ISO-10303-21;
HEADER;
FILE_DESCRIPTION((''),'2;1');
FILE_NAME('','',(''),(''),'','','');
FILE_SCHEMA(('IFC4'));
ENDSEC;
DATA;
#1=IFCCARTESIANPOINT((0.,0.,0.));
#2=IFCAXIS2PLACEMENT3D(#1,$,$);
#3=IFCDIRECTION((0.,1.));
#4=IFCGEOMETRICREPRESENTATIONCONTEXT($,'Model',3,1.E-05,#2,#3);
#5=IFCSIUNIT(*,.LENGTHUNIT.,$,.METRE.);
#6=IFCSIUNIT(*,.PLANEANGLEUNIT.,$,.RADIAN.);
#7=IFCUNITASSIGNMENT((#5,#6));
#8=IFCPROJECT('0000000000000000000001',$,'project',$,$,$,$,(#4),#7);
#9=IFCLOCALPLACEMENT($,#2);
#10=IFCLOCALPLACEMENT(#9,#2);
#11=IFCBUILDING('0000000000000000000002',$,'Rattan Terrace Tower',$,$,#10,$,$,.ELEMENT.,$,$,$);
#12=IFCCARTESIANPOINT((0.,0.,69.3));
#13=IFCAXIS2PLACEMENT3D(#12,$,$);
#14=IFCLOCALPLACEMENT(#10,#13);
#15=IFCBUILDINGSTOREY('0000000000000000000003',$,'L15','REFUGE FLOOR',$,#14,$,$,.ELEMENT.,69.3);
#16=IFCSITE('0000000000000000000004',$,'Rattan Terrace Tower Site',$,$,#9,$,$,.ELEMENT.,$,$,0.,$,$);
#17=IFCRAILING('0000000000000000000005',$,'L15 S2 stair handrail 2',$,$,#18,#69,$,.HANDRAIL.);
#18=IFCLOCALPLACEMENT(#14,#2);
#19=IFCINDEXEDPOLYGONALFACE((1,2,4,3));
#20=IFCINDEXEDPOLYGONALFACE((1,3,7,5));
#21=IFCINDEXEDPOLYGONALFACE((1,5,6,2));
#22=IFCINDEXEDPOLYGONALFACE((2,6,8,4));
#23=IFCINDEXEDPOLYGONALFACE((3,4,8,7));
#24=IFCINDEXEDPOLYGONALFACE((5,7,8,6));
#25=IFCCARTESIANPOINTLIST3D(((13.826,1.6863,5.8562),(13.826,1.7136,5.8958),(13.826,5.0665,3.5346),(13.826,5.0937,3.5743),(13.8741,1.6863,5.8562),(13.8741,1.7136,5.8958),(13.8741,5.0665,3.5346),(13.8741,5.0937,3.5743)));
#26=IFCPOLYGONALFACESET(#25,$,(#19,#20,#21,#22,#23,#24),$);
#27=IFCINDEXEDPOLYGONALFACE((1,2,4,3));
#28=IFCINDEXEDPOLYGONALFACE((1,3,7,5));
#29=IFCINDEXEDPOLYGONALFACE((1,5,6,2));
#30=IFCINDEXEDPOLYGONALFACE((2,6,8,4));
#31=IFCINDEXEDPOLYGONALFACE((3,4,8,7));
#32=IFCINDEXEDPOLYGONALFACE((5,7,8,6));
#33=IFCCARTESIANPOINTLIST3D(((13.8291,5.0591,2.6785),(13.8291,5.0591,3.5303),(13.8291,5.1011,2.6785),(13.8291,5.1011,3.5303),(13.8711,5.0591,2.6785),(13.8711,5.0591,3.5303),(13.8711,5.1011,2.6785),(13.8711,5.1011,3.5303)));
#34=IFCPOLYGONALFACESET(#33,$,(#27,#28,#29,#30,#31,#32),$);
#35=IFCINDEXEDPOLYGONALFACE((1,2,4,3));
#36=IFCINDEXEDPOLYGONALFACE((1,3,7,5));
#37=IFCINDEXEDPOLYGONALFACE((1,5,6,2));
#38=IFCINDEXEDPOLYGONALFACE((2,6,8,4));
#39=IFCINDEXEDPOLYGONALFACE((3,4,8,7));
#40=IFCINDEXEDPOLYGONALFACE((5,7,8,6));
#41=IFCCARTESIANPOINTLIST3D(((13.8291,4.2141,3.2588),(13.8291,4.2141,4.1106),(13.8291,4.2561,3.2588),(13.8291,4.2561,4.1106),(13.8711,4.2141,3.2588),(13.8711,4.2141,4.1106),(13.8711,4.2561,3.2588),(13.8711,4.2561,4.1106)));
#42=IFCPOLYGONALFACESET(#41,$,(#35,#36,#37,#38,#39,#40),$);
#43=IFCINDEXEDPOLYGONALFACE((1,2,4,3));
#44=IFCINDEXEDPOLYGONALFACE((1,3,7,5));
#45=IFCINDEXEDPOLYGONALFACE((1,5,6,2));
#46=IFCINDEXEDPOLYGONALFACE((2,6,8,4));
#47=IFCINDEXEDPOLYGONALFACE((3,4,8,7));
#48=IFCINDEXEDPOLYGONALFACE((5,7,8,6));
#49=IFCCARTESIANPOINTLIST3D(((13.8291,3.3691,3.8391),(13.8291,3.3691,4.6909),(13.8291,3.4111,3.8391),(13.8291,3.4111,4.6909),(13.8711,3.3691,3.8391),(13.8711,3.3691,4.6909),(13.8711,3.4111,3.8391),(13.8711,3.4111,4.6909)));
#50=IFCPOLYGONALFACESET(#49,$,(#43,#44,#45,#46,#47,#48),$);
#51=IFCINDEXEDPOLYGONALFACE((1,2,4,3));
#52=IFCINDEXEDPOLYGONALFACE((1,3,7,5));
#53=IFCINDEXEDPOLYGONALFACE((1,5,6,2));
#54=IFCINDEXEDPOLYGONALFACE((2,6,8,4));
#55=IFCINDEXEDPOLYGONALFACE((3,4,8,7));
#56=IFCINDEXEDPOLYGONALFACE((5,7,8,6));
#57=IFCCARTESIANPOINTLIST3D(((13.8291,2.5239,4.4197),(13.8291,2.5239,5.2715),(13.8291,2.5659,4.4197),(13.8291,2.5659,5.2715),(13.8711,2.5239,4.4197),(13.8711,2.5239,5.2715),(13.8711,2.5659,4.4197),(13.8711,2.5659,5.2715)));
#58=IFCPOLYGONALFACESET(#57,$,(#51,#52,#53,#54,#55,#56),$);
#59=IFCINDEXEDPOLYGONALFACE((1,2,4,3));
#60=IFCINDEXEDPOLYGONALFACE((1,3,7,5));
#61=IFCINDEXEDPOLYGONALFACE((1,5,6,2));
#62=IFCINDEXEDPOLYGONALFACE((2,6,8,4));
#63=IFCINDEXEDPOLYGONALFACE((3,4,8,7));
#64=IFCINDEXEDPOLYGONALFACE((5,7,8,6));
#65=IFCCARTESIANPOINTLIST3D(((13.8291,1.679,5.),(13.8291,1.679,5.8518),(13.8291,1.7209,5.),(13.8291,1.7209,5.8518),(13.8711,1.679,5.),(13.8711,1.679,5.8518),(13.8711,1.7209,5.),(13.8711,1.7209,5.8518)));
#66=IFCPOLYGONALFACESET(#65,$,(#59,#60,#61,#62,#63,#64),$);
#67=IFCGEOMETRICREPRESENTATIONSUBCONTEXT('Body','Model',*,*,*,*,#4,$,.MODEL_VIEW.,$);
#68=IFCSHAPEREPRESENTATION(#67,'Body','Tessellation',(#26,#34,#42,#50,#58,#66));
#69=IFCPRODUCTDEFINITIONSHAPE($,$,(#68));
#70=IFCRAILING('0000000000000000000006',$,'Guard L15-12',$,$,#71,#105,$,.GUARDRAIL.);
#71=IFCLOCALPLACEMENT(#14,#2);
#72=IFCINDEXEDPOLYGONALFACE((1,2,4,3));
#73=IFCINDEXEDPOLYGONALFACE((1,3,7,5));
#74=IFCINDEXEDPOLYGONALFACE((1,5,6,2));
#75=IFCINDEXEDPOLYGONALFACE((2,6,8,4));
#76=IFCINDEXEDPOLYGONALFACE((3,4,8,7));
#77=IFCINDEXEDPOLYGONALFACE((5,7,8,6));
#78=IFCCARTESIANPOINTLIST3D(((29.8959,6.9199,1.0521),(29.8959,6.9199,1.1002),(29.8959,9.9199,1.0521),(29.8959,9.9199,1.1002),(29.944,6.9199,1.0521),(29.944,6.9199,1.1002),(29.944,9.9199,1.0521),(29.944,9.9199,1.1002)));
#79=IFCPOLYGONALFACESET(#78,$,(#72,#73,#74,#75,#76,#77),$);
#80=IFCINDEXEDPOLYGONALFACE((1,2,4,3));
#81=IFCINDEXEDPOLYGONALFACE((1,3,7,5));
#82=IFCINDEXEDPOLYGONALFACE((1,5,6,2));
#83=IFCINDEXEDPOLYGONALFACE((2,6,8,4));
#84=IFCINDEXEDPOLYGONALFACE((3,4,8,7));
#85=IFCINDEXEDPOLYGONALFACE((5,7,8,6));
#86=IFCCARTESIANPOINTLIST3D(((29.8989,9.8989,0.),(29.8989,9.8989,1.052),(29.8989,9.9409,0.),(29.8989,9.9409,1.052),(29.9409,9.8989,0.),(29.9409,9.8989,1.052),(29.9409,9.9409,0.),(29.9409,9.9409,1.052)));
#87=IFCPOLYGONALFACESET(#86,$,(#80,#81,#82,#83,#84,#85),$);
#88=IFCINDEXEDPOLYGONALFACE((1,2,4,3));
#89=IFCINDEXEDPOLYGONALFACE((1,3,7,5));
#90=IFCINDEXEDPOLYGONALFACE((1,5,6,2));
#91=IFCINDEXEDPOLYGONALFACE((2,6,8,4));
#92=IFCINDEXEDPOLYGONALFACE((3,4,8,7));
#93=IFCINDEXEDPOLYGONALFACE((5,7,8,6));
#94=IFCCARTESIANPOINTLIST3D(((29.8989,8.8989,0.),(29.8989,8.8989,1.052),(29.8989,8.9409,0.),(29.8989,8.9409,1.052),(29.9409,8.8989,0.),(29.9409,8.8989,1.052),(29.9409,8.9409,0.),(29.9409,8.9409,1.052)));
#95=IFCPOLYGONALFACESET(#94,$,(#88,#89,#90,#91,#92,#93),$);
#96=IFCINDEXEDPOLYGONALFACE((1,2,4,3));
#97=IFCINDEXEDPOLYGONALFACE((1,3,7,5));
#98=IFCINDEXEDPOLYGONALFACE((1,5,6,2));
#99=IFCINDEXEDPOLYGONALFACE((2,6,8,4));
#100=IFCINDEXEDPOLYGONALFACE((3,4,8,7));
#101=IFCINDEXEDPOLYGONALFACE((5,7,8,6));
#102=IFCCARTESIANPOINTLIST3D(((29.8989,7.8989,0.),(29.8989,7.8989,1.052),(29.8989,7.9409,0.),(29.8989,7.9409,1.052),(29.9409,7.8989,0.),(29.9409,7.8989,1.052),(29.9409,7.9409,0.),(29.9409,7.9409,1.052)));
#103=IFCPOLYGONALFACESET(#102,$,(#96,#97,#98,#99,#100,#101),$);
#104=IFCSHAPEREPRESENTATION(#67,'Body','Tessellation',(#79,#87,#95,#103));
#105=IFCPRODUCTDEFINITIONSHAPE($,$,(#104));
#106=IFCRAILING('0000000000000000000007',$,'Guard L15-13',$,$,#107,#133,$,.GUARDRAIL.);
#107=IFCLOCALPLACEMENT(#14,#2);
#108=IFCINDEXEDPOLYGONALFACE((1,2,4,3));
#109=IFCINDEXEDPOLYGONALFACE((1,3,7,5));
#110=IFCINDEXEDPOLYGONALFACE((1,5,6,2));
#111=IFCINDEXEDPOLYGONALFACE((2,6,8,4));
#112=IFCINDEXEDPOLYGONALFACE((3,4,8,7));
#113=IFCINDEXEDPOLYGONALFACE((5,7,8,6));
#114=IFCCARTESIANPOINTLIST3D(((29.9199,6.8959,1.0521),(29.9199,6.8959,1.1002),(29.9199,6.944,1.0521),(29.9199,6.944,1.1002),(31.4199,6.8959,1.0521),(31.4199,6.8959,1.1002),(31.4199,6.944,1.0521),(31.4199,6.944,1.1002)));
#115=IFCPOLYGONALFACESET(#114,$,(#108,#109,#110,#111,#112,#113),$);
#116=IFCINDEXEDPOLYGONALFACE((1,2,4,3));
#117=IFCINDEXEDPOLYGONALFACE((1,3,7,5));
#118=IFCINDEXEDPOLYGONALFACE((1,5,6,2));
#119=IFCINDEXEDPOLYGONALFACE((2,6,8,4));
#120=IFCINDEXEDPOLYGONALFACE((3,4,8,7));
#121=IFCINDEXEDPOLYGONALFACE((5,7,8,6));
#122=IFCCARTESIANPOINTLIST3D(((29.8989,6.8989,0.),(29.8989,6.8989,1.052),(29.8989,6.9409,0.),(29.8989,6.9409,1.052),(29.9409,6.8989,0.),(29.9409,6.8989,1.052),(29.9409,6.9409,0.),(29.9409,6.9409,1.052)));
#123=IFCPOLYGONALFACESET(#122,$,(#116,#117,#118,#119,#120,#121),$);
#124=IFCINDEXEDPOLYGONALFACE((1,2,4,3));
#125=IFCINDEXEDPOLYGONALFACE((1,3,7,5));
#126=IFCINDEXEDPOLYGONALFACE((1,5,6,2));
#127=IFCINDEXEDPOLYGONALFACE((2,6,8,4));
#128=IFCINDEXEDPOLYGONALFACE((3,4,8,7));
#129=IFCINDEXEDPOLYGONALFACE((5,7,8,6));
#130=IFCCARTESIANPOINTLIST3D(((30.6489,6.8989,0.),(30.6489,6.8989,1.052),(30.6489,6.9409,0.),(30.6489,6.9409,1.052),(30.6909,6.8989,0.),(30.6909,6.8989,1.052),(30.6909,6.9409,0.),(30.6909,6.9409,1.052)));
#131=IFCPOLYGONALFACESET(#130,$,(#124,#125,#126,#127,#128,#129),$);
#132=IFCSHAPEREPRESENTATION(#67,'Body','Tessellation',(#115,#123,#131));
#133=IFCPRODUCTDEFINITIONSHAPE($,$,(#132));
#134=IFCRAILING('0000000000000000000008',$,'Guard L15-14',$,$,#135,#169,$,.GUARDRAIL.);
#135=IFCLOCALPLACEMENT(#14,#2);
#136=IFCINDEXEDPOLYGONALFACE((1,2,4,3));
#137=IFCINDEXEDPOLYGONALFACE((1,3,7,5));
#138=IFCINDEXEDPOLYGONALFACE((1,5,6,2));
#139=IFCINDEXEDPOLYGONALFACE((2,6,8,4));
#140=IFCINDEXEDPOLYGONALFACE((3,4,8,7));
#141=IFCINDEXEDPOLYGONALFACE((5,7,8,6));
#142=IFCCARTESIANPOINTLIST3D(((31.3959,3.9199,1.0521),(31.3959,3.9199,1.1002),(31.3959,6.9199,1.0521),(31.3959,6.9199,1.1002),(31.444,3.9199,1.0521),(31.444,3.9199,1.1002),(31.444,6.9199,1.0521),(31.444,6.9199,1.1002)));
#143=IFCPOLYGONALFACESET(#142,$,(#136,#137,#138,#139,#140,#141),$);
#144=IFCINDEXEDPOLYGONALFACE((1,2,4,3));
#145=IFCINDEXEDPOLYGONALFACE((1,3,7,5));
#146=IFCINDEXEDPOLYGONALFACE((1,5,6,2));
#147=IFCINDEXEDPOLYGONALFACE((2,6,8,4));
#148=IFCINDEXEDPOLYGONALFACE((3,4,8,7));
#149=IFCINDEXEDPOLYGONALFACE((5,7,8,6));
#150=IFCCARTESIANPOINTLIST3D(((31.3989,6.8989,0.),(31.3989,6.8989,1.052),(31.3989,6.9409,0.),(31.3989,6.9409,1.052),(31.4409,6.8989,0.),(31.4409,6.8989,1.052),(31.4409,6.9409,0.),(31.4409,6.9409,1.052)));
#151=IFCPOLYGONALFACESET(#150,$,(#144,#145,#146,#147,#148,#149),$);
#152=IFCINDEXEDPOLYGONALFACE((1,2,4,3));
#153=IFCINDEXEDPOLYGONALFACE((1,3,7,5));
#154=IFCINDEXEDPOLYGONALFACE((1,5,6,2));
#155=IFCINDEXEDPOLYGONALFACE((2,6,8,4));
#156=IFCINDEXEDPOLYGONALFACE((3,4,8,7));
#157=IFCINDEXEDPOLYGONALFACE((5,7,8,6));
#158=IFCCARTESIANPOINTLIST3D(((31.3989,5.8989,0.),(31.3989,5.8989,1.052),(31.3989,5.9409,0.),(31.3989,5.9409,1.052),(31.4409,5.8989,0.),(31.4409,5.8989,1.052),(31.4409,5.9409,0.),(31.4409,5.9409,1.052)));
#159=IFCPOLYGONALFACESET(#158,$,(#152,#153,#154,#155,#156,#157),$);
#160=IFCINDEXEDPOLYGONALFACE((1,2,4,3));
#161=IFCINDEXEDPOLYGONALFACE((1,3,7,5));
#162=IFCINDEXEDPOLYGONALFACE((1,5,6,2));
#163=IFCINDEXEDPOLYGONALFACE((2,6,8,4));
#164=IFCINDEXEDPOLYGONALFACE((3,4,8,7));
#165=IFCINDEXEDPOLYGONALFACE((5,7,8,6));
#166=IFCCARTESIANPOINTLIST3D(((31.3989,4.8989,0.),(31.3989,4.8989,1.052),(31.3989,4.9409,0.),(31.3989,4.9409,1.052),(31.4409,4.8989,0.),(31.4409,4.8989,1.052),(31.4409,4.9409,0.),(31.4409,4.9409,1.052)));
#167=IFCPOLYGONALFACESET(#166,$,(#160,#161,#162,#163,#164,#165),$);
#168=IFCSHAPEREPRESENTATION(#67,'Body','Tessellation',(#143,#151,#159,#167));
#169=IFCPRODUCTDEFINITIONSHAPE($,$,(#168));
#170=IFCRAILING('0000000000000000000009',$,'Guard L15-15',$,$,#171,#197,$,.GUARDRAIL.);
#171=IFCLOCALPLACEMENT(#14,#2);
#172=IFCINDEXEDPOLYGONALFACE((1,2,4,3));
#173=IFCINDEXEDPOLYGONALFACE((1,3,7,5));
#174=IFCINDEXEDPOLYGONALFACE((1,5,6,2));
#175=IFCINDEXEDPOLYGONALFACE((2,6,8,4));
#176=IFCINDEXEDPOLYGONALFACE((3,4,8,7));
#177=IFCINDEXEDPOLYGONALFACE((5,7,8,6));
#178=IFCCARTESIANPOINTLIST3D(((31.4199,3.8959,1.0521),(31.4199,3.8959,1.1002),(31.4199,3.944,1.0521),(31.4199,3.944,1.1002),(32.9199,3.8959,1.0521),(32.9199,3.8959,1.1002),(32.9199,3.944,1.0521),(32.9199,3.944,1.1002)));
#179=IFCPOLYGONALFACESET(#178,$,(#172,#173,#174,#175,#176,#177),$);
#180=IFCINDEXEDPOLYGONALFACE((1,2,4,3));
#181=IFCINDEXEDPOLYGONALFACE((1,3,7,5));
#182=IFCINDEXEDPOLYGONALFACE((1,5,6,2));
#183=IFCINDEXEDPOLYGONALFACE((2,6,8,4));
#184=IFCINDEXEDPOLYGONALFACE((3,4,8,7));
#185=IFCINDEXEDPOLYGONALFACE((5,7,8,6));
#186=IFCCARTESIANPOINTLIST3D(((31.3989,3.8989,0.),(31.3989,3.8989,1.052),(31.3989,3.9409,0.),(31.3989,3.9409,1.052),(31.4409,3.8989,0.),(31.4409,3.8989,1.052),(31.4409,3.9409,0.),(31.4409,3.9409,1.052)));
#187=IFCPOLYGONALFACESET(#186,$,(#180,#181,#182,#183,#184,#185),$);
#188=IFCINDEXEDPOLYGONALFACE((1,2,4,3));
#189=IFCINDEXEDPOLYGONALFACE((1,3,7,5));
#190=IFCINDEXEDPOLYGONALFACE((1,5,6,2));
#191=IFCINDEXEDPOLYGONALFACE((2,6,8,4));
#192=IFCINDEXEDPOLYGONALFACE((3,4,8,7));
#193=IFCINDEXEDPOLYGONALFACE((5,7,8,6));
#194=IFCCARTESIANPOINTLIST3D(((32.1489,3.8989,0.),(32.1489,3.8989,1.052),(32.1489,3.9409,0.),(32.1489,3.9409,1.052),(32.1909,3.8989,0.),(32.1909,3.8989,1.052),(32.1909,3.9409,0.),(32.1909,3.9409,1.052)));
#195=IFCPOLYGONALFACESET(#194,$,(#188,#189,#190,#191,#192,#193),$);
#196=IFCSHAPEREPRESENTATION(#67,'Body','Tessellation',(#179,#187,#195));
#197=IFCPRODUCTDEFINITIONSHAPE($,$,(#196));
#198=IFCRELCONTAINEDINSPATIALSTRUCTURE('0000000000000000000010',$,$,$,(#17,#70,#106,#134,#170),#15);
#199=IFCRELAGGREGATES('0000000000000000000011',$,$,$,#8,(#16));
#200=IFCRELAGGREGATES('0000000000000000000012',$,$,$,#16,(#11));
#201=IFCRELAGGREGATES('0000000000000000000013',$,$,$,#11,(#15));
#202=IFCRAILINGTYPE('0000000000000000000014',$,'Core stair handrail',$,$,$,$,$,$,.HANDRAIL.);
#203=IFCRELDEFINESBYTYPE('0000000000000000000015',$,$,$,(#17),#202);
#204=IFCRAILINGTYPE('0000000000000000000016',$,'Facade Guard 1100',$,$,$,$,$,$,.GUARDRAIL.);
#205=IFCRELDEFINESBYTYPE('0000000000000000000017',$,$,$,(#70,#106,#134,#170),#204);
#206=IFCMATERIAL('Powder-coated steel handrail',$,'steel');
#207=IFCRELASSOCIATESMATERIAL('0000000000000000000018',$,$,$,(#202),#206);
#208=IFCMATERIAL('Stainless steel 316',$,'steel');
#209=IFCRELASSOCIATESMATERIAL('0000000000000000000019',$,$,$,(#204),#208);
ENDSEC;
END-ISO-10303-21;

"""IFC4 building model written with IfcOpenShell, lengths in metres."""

from ifc_helpers import new_model, si_unit, direction, frame, origin, origin_2d, place, context, subcontext, project, spatial, rectangle, extrude, material, type_object, element, save


model = new_model("IFC4")

# Units and contexts
model_context = context("Model", 3, precision=1e-05, world=origin(), true_north=direction((0.0, 1.0)))
body_context = subcontext(model_context, "Body", "Model", "MODEL_VIEW")
ifc_project = project(units=[si_unit("LENGTHUNIT", "METRE"), si_unit("PLANEANGLEUNIT", "RADIAN")], contexts=[model_context])

# Site, building, storey
site_placement = place(None, origin())
site = spatial("IfcSite", under=ifc_project, at=site_placement, Name="Rattan Terrace Tower Site", CompositionType="ELEMENT", RefElevation=0.0)
building_placement = place(site_placement, origin())
building = spatial("IfcBuilding", under=site, at=building_placement, Name="Rattan Terrace Tower", CompositionType="ELEMENT")
storey_placement = place(building_placement, frame((0.0, 0.0, 69.3)))
storey = spatial("IfcBuildingStorey", under=building, at=storey_placement, Name="L15", Description="REFUGE FLOOR", CompositionType="ELEMENT", Elevation=69.3)

# Railings
ifc_material_1 = material(Name="Powder-coated steel handrail", Category="steel")
railing_type_1 = type_object("IfcRailingType", Name="Core stair handrail", PredefinedType="HANDRAIL", material=ifc_material_1)
railing_1_placement = place(storey_placement, frame((13.8501, 5.0801, 2.6785)))
element("IfcRailing", 1, at=railing_1_placement, inside=storey, type_object=railing_type_1, Name="L15 S2 stair handrail 2", PredefinedType="HANDRAIL", context=body_context, shape_type="SweptSolid", body=[
    extrude(rectangle(XDim=0.0481, YDim=0.0481, at=origin_2d()), frame((0.0, 0.0, 0.876), z_axis=(0.0, -0.824304, 0.566147), x_axis=(1.0, 0.0, 0.0)), (0.0, 0.0, 1.0), 4.1006),
    extrude(rectangle(XDim=0.042, YDim=0.042, at=origin_2d()), origin(), (0.0, 0.0, 1.0), 0.8518),
    extrude(rectangle(XDim=0.042, YDim=0.042, at=origin_2d()), frame((0.0, -0.845, 0.5803)), (0.0, 0.0, 1.0), 0.8518),
    extrude(rectangle(XDim=0.042, YDim=0.042, at=origin_2d()), frame((0.0, -1.6899, 1.1606)), (0.0, 0.0, 1.0), 0.8518),
    extrude(rectangle(XDim=0.042, YDim=0.042, at=origin_2d()), frame((0.0, -2.5352, 1.7412)), (0.0, 0.0, 1.0), 0.8518),
    extrude(rectangle(XDim=0.042, YDim=0.042, at=origin_2d()), frame((0.0, -3.3801, 2.3215)), (0.0, 0.0, 1.0), 0.8518),
])
ifc_material_2 = material(Name="Stainless steel 316", Category="steel")
railing_type_2 = type_object("IfcRailingType", Name="Facade Guard 1100", PredefinedType="GUARDRAIL", material=ifc_material_2)
railing_2_placement = place(storey_placement, frame((29.9199, 9.9199, 0.0)))
element("IfcRailing", 2, at=railing_2_placement, inside=storey, type_object=railing_type_2, Name="Guard L15-12", PredefinedType="GUARDRAIL", context=body_context, shape_type="SweptSolid", body=[
    extrude(rectangle(XDim=0.0481, YDim=0.0481, at=origin_2d()), frame((0.0, 0.0, 1.0762), z_axis=(0.0, -1.0, 0.0), x_axis=(1.0, 0.0, 0.0)), (0.0, 0.0, 1.0), 3.0),
    extrude(rectangle(XDim=0.042, YDim=0.042, at=origin_2d()), origin(), (0.0, 0.0, 1.0), 1.052),
    extrude(rectangle(XDim=0.042, YDim=0.042, at=origin_2d()), frame((0.0, -1.0, 0.0)), (0.0, 0.0, 1.0), 1.052),
    extrude(rectangle(XDim=0.042, YDim=0.042, at=origin_2d()), frame((0.0, -2.0, 0.0)), (0.0, 0.0, 1.0), 1.052),
])
railing_3_placement = place(storey_placement, frame((29.9199, 6.9199, 0.0)))
element("IfcRailing", 3, at=railing_3_placement, inside=storey, type_object=railing_type_2, Name="Guard L15-13", PredefinedType="GUARDRAIL", context=body_context, shape_type="SweptSolid", body=[
    extrude(rectangle(XDim=0.0481, YDim=0.0481, at=origin_2d()), frame((0.0, 0.0, 1.0762), z_axis=(1.0, 0.0, 0.0), x_axis=(0.0, 1.0, 0.0)), (0.0, 0.0, 1.0), 1.5),
    extrude(rectangle(XDim=0.042, YDim=0.042, at=origin_2d()), origin(), (0.0, 0.0, 1.0), 1.052),
    extrude(rectangle(XDim=0.042, YDim=0.042, at=origin_2d()), frame((0.75, 0.0, 0.0)), (0.0, 0.0, 1.0), 1.052),
])
railing_4_placement = place(storey_placement, frame((31.4199, 6.9199, 0.0)))
element("IfcRailing", 4, at=railing_4_placement, inside=storey, type_object=railing_type_2, Name="Guard L15-14", PredefinedType="GUARDRAIL", context=body_context, shape_type="SweptSolid", body=[
    extrude(rectangle(XDim=0.0481, YDim=0.0481, at=origin_2d()), frame((0.0, 0.0, 1.0762), z_axis=(0.0, -1.0, 0.0), x_axis=(1.0, 0.0, 0.0)), (0.0, 0.0, 1.0), 3.0),
    extrude(rectangle(XDim=0.042, YDim=0.042, at=origin_2d()), origin(), (0.0, 0.0, 1.0), 1.052),
    extrude(rectangle(XDim=0.042, YDim=0.042, at=origin_2d()), frame((0.0, -1.0, 0.0)), (0.0, 0.0, 1.0), 1.052),
    extrude(rectangle(XDim=0.042, YDim=0.042, at=origin_2d()), frame((0.0, -2.0, 0.0)), (0.0, 0.0, 1.0), 1.052),
])
railing_5_placement = place(storey_placement, frame((31.4199, 3.9199, 0.0)))
element("IfcRailing", 5, at=railing_5_placement, inside=storey, type_object=railing_type_2, Name="Guard L15-15", PredefinedType="GUARDRAIL", context=body_context, shape_type="SweptSolid", body=[
    extrude(rectangle(XDim=0.0481, YDim=0.0481, at=origin_2d()), frame((0.0, 0.0, 1.0762), z_axis=(1.0, 0.0, 0.0), x_axis=(0.0, 1.0, 0.0)), (0.0, 0.0, 1.0), 1.5),
    extrude(rectangle(XDim=0.042, YDim=0.042, at=origin_2d()), origin(), (0.0, 0.0, 1.0), 1.052),
    extrude(rectangle(XDim=0.042, YDim=0.042, at=origin_2d()), frame((0.75, 0.0, 0.0)), (0.0, 0.0, 1.0), 1.052),
])

save(model, "model.ifc")
